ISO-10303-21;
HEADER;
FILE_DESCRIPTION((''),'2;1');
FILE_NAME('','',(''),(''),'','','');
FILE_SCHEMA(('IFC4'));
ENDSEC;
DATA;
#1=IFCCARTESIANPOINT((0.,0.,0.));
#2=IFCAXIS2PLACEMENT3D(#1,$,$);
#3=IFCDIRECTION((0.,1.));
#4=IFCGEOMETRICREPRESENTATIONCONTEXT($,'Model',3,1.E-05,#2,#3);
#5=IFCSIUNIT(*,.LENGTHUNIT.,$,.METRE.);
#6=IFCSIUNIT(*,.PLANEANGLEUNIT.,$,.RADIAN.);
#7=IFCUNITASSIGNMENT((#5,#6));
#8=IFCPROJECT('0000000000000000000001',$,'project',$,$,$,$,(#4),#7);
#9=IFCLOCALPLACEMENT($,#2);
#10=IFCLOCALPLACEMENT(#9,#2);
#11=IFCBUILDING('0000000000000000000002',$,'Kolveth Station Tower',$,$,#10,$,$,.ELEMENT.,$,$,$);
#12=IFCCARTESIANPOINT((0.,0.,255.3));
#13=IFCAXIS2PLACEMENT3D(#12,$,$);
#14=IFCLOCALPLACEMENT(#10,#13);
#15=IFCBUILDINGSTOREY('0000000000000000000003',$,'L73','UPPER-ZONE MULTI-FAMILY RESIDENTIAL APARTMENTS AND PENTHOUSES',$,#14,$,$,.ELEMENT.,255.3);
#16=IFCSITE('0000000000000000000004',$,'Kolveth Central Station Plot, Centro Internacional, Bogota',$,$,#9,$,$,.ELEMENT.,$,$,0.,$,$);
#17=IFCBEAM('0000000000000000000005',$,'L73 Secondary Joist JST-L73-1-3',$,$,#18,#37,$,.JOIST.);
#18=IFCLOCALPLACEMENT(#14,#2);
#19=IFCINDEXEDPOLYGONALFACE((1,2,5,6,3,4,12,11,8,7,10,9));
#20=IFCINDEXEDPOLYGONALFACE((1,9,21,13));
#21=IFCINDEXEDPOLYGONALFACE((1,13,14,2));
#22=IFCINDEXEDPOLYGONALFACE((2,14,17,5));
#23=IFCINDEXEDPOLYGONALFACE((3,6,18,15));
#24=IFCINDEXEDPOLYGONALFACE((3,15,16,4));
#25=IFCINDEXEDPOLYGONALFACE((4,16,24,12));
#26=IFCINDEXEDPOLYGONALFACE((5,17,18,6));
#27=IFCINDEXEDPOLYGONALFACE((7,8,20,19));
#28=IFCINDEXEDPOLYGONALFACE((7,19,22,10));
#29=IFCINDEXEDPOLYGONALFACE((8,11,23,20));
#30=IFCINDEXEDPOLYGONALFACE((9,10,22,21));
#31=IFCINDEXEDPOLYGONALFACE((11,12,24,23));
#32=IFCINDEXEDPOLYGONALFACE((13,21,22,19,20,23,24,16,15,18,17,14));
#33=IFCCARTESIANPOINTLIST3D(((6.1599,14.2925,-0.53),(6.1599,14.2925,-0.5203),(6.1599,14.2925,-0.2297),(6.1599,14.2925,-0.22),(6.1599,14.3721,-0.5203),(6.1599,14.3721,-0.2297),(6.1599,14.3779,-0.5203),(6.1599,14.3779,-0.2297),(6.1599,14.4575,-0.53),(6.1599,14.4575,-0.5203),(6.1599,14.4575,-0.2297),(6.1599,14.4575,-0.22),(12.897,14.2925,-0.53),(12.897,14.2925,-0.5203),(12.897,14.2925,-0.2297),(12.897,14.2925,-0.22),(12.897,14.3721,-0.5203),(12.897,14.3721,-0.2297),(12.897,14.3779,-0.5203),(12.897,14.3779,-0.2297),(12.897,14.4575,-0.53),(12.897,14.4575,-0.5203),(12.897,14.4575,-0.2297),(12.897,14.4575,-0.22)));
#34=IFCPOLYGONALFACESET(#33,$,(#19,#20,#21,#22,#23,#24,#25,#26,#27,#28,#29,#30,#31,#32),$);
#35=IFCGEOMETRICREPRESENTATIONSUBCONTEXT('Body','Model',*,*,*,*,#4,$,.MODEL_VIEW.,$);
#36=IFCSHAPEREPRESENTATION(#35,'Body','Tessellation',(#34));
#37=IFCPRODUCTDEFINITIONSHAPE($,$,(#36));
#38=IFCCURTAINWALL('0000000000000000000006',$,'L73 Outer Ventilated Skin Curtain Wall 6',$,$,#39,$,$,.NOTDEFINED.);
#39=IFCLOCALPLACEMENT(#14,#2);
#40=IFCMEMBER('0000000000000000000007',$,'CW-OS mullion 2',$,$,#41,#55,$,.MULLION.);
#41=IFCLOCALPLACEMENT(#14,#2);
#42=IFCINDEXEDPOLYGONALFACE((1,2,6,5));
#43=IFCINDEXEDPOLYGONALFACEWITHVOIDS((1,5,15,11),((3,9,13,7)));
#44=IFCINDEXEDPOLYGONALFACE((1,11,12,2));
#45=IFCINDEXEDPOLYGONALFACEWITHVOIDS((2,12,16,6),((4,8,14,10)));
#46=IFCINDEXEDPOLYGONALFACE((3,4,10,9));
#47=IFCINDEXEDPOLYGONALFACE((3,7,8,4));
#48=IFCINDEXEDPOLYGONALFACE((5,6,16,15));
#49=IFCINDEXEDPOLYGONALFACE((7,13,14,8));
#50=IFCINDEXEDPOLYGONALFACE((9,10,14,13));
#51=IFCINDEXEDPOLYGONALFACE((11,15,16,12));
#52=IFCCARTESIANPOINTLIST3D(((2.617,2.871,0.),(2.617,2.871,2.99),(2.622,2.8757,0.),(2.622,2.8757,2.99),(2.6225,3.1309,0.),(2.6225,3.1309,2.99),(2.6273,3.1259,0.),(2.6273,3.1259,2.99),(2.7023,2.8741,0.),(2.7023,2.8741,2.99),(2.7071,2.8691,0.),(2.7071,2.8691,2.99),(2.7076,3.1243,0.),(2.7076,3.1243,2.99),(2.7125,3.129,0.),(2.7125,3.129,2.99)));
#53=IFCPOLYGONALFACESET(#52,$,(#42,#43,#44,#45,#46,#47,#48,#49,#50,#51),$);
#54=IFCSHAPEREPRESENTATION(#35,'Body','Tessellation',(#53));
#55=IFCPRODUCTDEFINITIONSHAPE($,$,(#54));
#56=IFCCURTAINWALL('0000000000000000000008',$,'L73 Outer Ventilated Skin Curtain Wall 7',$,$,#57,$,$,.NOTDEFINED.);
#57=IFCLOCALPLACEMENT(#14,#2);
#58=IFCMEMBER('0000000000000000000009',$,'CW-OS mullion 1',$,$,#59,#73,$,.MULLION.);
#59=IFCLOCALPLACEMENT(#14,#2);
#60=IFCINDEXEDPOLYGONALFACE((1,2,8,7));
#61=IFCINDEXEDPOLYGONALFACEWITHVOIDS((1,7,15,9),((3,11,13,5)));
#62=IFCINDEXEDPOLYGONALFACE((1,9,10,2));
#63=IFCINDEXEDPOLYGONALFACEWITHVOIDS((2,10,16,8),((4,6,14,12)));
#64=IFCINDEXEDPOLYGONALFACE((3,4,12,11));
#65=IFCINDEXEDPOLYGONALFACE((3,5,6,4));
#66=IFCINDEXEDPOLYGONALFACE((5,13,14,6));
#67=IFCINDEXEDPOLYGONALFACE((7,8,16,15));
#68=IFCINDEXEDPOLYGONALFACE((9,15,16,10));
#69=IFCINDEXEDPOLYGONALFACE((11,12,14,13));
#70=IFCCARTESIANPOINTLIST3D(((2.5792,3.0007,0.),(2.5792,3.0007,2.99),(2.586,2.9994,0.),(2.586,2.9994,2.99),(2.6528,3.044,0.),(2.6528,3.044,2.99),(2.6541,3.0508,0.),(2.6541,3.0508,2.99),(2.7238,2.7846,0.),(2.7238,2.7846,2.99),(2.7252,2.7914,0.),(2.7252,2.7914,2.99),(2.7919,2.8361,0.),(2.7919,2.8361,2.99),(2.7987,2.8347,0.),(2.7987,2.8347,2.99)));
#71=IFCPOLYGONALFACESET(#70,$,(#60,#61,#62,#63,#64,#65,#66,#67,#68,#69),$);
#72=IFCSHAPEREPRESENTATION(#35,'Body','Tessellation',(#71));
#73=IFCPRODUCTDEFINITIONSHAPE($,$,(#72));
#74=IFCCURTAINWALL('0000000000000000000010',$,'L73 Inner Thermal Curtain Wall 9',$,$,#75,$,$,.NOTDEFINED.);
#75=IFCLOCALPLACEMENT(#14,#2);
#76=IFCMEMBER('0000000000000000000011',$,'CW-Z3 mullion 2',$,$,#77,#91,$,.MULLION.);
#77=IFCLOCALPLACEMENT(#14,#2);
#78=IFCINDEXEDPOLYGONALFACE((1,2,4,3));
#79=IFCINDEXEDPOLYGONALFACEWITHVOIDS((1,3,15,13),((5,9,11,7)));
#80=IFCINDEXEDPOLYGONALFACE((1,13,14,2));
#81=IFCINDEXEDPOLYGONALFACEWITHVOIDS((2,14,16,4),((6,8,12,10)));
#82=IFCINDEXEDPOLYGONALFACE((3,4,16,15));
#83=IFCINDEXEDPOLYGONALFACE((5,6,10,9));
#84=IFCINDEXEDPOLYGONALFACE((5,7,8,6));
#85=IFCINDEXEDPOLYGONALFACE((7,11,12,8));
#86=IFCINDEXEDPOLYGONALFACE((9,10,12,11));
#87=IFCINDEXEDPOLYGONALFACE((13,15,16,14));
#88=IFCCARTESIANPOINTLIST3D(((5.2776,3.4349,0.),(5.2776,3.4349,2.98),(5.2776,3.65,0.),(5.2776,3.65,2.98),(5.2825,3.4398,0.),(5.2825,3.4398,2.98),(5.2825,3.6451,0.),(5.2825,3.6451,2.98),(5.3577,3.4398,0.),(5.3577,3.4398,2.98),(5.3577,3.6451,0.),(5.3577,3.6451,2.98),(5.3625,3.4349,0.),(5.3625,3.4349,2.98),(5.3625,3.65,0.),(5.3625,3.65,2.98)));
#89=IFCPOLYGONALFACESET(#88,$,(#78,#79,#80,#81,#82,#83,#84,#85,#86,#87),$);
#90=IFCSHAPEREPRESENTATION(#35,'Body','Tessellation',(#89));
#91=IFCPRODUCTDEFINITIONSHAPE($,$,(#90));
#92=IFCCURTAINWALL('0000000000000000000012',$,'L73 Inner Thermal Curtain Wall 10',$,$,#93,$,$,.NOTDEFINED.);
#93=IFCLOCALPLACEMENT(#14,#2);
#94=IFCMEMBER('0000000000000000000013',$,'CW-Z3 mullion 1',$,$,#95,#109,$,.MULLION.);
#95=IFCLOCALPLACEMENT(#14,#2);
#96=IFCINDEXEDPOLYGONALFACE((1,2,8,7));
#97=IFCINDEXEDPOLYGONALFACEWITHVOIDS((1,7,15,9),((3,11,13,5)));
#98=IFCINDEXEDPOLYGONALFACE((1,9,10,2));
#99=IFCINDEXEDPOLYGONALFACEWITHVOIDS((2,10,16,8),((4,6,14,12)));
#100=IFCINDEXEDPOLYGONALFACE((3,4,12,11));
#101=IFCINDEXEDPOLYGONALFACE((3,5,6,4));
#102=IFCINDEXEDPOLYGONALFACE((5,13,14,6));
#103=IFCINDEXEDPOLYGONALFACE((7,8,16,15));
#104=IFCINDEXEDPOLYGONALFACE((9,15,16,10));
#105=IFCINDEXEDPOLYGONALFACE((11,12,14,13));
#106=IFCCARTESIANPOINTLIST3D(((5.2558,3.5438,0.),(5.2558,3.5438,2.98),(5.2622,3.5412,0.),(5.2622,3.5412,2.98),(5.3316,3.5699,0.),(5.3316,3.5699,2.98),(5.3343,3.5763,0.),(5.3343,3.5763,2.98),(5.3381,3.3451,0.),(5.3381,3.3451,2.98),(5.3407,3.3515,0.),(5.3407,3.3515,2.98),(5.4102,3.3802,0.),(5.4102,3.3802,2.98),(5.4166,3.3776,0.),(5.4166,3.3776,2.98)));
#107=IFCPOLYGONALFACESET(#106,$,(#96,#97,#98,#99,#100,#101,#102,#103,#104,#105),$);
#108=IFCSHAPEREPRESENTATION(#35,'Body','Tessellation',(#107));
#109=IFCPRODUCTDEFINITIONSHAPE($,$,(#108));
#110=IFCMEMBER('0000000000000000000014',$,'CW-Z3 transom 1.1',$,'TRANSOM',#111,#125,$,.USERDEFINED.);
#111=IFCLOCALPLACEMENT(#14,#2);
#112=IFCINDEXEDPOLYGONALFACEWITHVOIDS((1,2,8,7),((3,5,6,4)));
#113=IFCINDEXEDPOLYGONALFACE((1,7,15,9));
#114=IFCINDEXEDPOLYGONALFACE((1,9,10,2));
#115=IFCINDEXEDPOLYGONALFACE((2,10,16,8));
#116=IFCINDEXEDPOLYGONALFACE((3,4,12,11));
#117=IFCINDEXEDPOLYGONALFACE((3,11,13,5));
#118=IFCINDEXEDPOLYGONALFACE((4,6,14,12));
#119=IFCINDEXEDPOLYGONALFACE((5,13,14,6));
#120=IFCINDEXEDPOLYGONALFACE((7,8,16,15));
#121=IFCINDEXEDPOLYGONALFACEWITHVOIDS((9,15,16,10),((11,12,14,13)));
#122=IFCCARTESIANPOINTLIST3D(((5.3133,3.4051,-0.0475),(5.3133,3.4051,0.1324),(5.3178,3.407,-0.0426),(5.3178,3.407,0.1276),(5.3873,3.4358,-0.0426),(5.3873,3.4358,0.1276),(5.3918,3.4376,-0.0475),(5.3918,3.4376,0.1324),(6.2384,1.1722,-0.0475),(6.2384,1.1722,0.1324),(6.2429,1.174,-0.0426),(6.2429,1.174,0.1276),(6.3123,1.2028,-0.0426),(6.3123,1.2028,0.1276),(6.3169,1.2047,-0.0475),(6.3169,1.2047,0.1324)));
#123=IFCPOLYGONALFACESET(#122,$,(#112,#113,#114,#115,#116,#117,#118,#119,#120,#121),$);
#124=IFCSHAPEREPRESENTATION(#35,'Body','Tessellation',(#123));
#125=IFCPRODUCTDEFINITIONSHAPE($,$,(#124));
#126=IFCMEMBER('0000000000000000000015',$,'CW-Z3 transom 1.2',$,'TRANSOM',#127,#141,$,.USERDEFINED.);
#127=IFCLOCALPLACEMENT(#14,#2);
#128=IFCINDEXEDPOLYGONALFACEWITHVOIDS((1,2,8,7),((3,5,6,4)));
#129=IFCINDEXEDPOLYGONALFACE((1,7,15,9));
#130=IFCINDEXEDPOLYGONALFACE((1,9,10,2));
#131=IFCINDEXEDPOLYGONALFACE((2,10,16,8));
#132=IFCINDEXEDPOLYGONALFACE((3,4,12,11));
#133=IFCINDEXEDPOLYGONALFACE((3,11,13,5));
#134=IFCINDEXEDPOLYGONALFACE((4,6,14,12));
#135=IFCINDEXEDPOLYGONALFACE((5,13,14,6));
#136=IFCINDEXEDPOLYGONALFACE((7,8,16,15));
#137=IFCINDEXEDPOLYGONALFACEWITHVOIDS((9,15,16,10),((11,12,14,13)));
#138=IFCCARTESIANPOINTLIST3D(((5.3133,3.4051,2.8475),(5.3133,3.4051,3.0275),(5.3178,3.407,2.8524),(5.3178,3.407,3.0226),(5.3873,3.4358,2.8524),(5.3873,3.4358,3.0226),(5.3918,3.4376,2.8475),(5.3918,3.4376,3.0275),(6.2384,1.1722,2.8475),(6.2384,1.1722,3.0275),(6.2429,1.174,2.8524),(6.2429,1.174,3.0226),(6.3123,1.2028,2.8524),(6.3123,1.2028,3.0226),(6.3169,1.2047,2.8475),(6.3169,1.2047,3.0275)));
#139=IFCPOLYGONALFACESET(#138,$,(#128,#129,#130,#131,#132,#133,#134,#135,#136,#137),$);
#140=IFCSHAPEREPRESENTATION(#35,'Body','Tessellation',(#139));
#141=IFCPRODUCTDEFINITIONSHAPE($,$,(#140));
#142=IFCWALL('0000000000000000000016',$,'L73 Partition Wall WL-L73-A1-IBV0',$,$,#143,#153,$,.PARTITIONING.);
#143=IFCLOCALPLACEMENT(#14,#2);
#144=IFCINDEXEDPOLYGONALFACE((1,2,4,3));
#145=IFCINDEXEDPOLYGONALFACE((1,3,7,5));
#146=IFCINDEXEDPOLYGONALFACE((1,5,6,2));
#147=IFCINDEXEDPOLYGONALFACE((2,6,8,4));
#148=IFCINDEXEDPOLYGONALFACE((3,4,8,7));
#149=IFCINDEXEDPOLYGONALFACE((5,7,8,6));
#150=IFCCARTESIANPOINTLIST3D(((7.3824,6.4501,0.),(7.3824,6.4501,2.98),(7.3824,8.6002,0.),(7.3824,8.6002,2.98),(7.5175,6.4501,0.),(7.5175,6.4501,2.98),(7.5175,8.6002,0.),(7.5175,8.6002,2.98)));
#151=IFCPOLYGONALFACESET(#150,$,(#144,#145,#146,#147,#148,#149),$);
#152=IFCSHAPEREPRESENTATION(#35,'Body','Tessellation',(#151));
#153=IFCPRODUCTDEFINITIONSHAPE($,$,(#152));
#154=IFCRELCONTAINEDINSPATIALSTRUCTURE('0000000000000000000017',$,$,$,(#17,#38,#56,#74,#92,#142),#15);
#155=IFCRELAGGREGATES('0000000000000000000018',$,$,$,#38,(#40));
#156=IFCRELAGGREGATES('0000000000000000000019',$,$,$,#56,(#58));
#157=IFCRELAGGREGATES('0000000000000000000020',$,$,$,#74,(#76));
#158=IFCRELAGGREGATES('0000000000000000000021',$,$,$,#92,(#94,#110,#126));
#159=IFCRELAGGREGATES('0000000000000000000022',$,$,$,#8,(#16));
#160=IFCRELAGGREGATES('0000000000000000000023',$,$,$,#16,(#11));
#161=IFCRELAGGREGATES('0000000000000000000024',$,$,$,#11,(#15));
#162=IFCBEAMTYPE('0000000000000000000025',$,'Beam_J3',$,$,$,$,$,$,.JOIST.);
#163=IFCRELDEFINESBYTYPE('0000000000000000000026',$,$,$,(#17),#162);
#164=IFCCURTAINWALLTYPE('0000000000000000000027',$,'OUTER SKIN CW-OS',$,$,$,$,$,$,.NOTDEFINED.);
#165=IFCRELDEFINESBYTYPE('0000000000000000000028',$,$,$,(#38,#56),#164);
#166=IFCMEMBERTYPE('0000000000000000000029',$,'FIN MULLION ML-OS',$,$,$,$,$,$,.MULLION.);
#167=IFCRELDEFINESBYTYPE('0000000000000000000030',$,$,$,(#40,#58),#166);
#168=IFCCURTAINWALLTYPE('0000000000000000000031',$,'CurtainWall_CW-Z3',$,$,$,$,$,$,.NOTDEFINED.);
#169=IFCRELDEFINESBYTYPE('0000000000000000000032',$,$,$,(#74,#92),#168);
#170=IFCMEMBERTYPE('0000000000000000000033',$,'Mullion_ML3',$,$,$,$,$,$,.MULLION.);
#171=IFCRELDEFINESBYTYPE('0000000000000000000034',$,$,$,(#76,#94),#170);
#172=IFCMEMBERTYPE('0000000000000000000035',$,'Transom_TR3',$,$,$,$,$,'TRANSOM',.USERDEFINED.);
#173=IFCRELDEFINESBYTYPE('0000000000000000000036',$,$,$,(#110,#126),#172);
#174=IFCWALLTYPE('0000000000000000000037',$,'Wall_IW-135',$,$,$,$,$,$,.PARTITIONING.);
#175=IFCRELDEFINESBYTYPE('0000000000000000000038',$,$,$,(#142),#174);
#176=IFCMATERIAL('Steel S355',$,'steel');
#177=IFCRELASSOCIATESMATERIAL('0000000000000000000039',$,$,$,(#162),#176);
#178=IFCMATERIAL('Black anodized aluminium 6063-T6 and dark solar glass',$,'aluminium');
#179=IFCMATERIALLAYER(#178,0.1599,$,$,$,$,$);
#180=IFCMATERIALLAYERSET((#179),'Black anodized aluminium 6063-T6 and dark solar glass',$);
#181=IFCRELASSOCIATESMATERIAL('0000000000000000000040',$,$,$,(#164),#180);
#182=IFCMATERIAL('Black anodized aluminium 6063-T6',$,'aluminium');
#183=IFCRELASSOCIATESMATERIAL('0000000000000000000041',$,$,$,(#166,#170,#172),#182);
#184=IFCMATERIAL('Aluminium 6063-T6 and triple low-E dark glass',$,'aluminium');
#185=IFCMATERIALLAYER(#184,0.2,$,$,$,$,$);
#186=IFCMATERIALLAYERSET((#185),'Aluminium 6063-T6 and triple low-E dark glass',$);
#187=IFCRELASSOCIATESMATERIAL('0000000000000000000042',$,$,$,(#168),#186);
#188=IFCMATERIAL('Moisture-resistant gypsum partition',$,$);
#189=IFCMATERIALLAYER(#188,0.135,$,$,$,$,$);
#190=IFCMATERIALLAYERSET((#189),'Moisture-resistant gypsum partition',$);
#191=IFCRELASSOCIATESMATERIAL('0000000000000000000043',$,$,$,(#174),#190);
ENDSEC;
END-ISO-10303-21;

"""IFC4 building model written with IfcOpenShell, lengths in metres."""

from ifc_helpers import new_model, si_unit, direction, frame, frame_2d, origin, origin_2d, place, context, subcontext, project, spatial, rectangle, hollow_rectangle, i_section, extrude, source, transform, mapped, material, layer, layer_set, material_profile, profile_set, type_object, element, aggregate, save


model = new_model("IFC4")

# Units and contexts
model_context = context("Model", 3, precision=1e-05, world=origin(), true_north=direction((0.0, 1.0)))
body_context = subcontext(model_context, "Body", "Model", "MODEL_VIEW")
ifc_project = project(units=[si_unit("LENGTHUNIT", "METRE"), si_unit("PLANEANGLEUNIT", "RADIAN")], contexts=[model_context])

# Site, building, storey
site_placement = place(None, origin())
site = spatial("IfcSite", under=ifc_project, at=site_placement, Name="Kolveth Central Station Plot, Centro Internacional, Bogota", CompositionType="ELEMENT", RefElevation=0.0)
building_placement = place(site_placement, origin())
building = spatial("IfcBuilding", under=site, at=building_placement, Name="Kolveth Station Tower", CompositionType="ELEMENT")
storey_placement = place(building_placement, frame((0.0, 0.0, 255.3)))
storey = spatial("IfcBuildingStorey", under=building, at=storey_placement, Name="L73", Description="UPPER-ZONE MULTI-FAMILY RESIDENTIAL APARTMENTS AND PENTHOUSES", CompositionType="ELEMENT", Elevation=255.3)

# Shared definitions
ifc_material_1 = material(Name="Steel S355", Category="steel")

# Beam
ifc_material_profile_1 = material_profile(ifc_material_1, i_section(OverallWidth=0.165, OverallDepth=0.3101, WebThickness=0.0059, FlangeThickness=0.0098, at=origin_2d()), Name="W310x39")
ifc_profile_set_1 = profile_set([ifc_material_profile_1], Name="Steel S355")
beam_type_1 = type_object("IfcBeamType", Name="Beam_J3", PredefinedType="JOIST", material=ifc_profile_set_1)
shared_shape_1 = source(origin(), body_context, "Body", "SweptSolid", [
    extrude(i_section(OverallWidth=0.165, OverallDepth=0.3101, WebThickness=0.0059, FlangeThickness=0.0098, at=origin_2d()), origin(), (0.0, 0.0, 1.0), 6.7371),
])
for number, where, z_axis, x_axis, name in (
    (1, (6.1599, 14.375, -0.375), (1.0, 0.0, 0.0), (0.0, 1.0, 0.0), "L73 Secondary Joist JST-L73-1-3"),
):
    element("IfcBeam", number, at=place(storey_placement, frame(where, z_axis=z_axis, x_axis=x_axis)), inside=storey, type_object=beam_type_1, Name=name, PredefinedType="JOIST", context=body_context, shape_type="MappedRepresentation", body=[
        mapped(shared_shape_1, transform((0.0, 0.0, 0.0), x_axis=(1.0, 0.0, 0.0), y_axis=(0.0, 1.0, 0.0), z_axis=(0.0, 0.0, 1.0), scale=1.0)),
    ])

# Curtain walls, members
ifc_material_2 = material(Name="Black anodized aluminium 6063-T6 and dark solar glass", Category="aluminium")
ifc_layer_1 = layer(ifc_material_2, 0.1599)
ifc_layer_set_1 = layer_set([ifc_layer_1], Name="Black anodized aluminium 6063-T6 and dark solar glass")
curtain_wall_type_1 = type_object("IfcCurtainWallType", Name="OUTER SKIN CW-OS", PredefinedType="NOTDEFINED", material=ifc_layer_set_1)
curtain_wall_1_placement = place(storey_placement, origin())
curtain_wall_1 = element("IfcCurtainWall", 2, at=curtain_wall_1_placement, inside=storey, type_object=curtain_wall_type_1, Name="L73 Outer Ventilated Skin Curtain Wall 6", PredefinedType="NOTDEFINED")
ifc_material_3 = material(Name="Black anodized aluminium 6063-T6", Category="aluminium")
ifc_material_profile_2 = material_profile(ifc_material_3, hollow_rectangle(XDim=0.0901, YDim=0.26, WallThickness=0.0049, at=origin_2d()), Name="ALU-90x260x5")
ifc_profile_set_2 = profile_set([ifc_material_profile_2], Name="Black anodized aluminium 6063-T6")
member_type_1 = type_object("IfcMemberType", Name="FIN MULLION ML-OS", PredefinedType="MULLION", material=ifc_profile_set_2)
shared_shape_2 = source(origin(), body_context, "Body", "SweptSolid", [
    extrude(hollow_rectangle(XDim=0.0901, YDim=0.26, WallThickness=0.0049, at=origin_2d()), origin(), (0.0, 0.0, 1.0), 2.99),
])
member_1_placement = place(storey_placement, frame((2.6648, 3.0, 0.0), z_axis=(0.0, 0.0, 1.0), x_axis=(0.999781, -0.020926, 0.0)))
member_1 = element("IfcMember", 3, at=member_1_placement, type_object=member_type_1, Name="CW-OS mullion 2", PredefinedType="MULLION", context=body_context, shape_type="MappedRepresentation", body=[
    mapped(shared_shape_2, transform((0.0, 0.0, 0.0), x_axis=(1.0, 0.0, 0.0), y_axis=(0.0, 1.0, 0.0), z_axis=(0.0, 0.0, 1.0), scale=1.0)),
])
aggregate(curtain_wall_1, [member_1])
curtain_wall_2_placement = place(storey_placement, origin())
curtain_wall_2 = element("IfcCurtainWall", 4, at=curtain_wall_2_placement, inside=storey, type_object=curtain_wall_type_1, Name="L73 Outer Ventilated Skin Curtain Wall 7", PredefinedType="NOTDEFINED")
member_2_placement = place(storey_placement, frame((2.689, 2.9177, 0.0), z_axis=(0.0, 0.0, 1.0), x_axis=(0.831094, 0.556132, 0.0)))
member_2 = element("IfcMember", 5, at=member_2_placement, type_object=member_type_1, Name="CW-OS mullion 1", PredefinedType="MULLION", context=body_context, shape_type="MappedRepresentation", body=[
    mapped(shared_shape_2, transform((0.0, 0.0, 0.0), x_axis=(1.0, 0.0, 0.0), y_axis=(0.0, 1.0, 0.0), z_axis=(0.0, 0.0, 1.0), scale=1.0)),
])
aggregate(curtain_wall_2, [member_2])
ifc_material_4 = material(Name="Aluminium 6063-T6 and triple low-E dark glass", Category="aluminium")
ifc_layer_2 = layer(ifc_material_4, 0.2)
ifc_layer_set_2 = layer_set([ifc_layer_2], Name="Aluminium 6063-T6 and triple low-E dark glass")
curtain_wall_type_2 = type_object("IfcCurtainWallType", Name="CurtainWall_CW-Z3", PredefinedType="NOTDEFINED", material=ifc_layer_set_2)
curtain_wall_3_placement = place(storey_placement, origin())
curtain_wall_3 = element("IfcCurtainWall", 6, at=curtain_wall_3_placement, inside=storey, type_object=curtain_wall_type_2, Name="L73 Inner Thermal Curtain Wall 9", PredefinedType="NOTDEFINED")
ifc_material_profile_3 = material_profile(ifc_material_3, hollow_rectangle(XDim=0.085, YDim=0.2151, WallThickness=0.0049, at=origin_2d()), Name="ALU-85x215x5")
ifc_profile_set_3 = profile_set([ifc_material_profile_3], Name="Black anodized aluminium 6063-T6")
member_type_2 = type_object("IfcMemberType", Name="Mullion_ML3", PredefinedType="MULLION", material=ifc_profile_set_3)
shared_shape_3 = source(origin(), body_context, "Body", "SweptSolid", [
    extrude(hollow_rectangle(XDim=0.085, YDim=0.2151, WallThickness=0.0049, at=origin_2d()), origin(), (0.0, 0.0, 1.0), 2.98),
])
member_3_placement = place(storey_placement, frame((5.3201, 3.5425, 0.0), z_axis=(0.0, 0.0, 1.0), x_axis=(1.0, 0.0, 0.0)))
member_3 = element("IfcMember", 7, at=member_3_placement, type_object=member_type_2, Name="CW-Z3 mullion 2", PredefinedType="MULLION", context=body_context, shape_type="MappedRepresentation", body=[
    mapped(shared_shape_3, transform((0.0, 0.0, 0.0), x_axis=(1.0, 0.0, 0.0), y_axis=(0.0, 1.0, 0.0), z_axis=(0.0, 0.0, 1.0), scale=1.0)),
])
aggregate(curtain_wall_3, [member_3])

# Curtain wall, members
curtain_wall_4_placement = place(storey_placement, origin())
curtain_wall_4 = element("IfcCurtainWall", 8, at=curtain_wall_4_placement, inside=storey, type_object=curtain_wall_type_2, Name="L73 Inner Thermal Curtain Wall 10", PredefinedType="NOTDEFINED")
member_4_placement = place(storey_placement, frame((5.3362, 3.4607, 0.0), z_axis=(0.0, 0.0, 1.0), x_axis=(0.923875, 0.382693, 0.0)))
member_4 = element("IfcMember", 9, at=member_4_placement, type_object=member_type_2, Name="CW-Z3 mullion 1", PredefinedType="MULLION", context=body_context, shape_type="MappedRepresentation", body=[
    mapped(shared_shape_3, transform((0.0, 0.0, 0.0), x_axis=(1.0, 0.0, 0.0), y_axis=(0.0, 1.0, 0.0), z_axis=(0.0, 0.0, 1.0), scale=1.0)),
])
ifc_material_profile_4 = material_profile(ifc_material_3, hollow_rectangle(XDim=0.085, YDim=0.1799, WallThickness=0.0049, at=origin_2d()), Name="ALU-85x180x5")
ifc_profile_set_4 = profile_set([ifc_material_profile_4], Name="Black anodized aluminium 6063-T6")
member_type_3 = type_object("IfcMemberType", Name="Transom_TR3", ElementType="TRANSOM", PredefinedType="USERDEFINED", material=ifc_profile_set_4)
shared_shape_4 = source(origin(), body_context, "Body", "SweptSolid", [
    extrude(hollow_rectangle(XDim=0.085, YDim=0.1799, WallThickness=0.0049, at=origin_2d()), origin(), (0.0, 0.0, 1.0), 2.417),
])
member_5_placement = place(storey_placement, frame((5.3525, 3.4214, 0.0425), z_axis=(0.382735, -0.923858, 0.0), x_axis=(0.923858, 0.382735, 0.0)))
member_5 = element("IfcMember", 10, at=member_5_placement, type_object=member_type_3, Name="CW-Z3 transom 1.1", ObjectType="TRANSOM", PredefinedType="USERDEFINED", context=body_context, shape_type="MappedRepresentation", body=[
    mapped(shared_shape_4, transform((0.0, 0.0, 0.0), x_axis=(1.0, 0.0, 0.0), y_axis=(0.0, 1.0, 0.0), z_axis=(0.0, 0.0, 1.0), scale=1.0)),
])
member_6_placement = place(storey_placement, frame((5.3525, 3.4214, 2.9375), z_axis=(0.382735, -0.923858, 0.0), x_axis=(0.923858, 0.382735, 0.0)))
member_6 = element("IfcMember", 11, at=member_6_placement, type_object=member_type_3, Name="CW-Z3 transom 1.2", ObjectType="TRANSOM", PredefinedType="USERDEFINED", context=body_context, shape_type="MappedRepresentation", body=[
    mapped(shared_shape_4, transform((0.0, 0.0, 0.0), x_axis=(1.0, 0.0, 0.0), y_axis=(0.0, 1.0, 0.0), z_axis=(0.0, 0.0, 1.0), scale=1.0)),
])
aggregate(curtain_wall_4, [member_4, member_5, member_6])

# Shared definitions
ifc_material_5 = material(Name="Moisture-resistant gypsum partition")
ifc_layer_3 = layer(ifc_material_5, 0.135)
ifc_layer_set_3 = layer_set([ifc_layer_3], Name="Moisture-resistant gypsum partition")
wall_type_1 = type_object("IfcWallType", Name="Wall_IW-135", PredefinedType="PARTITIONING", material=ifc_layer_set_3)

# Wall
wall_1_placement = place(storey_placement, frame((7.45, 6.45, 0.0), z_axis=(0.0, 0.0, 1.0), x_axis=(0.0, 1.0, 0.0)))
element("IfcWall", 12, at=wall_1_placement, inside=storey, type_object=wall_type_1, Name="L73 Partition Wall WL-L73-A1-IBV0", PredefinedType="PARTITIONING", context=body_context, shape_type="SweptSolid", body=[
    extrude(rectangle(XDim=2.1501, YDim=0.135, at=frame_2d((1.0752, 0.0))), origin(), (0.0, 0.0, 1.0), 2.98),
])

save(model, "model.ifc")
